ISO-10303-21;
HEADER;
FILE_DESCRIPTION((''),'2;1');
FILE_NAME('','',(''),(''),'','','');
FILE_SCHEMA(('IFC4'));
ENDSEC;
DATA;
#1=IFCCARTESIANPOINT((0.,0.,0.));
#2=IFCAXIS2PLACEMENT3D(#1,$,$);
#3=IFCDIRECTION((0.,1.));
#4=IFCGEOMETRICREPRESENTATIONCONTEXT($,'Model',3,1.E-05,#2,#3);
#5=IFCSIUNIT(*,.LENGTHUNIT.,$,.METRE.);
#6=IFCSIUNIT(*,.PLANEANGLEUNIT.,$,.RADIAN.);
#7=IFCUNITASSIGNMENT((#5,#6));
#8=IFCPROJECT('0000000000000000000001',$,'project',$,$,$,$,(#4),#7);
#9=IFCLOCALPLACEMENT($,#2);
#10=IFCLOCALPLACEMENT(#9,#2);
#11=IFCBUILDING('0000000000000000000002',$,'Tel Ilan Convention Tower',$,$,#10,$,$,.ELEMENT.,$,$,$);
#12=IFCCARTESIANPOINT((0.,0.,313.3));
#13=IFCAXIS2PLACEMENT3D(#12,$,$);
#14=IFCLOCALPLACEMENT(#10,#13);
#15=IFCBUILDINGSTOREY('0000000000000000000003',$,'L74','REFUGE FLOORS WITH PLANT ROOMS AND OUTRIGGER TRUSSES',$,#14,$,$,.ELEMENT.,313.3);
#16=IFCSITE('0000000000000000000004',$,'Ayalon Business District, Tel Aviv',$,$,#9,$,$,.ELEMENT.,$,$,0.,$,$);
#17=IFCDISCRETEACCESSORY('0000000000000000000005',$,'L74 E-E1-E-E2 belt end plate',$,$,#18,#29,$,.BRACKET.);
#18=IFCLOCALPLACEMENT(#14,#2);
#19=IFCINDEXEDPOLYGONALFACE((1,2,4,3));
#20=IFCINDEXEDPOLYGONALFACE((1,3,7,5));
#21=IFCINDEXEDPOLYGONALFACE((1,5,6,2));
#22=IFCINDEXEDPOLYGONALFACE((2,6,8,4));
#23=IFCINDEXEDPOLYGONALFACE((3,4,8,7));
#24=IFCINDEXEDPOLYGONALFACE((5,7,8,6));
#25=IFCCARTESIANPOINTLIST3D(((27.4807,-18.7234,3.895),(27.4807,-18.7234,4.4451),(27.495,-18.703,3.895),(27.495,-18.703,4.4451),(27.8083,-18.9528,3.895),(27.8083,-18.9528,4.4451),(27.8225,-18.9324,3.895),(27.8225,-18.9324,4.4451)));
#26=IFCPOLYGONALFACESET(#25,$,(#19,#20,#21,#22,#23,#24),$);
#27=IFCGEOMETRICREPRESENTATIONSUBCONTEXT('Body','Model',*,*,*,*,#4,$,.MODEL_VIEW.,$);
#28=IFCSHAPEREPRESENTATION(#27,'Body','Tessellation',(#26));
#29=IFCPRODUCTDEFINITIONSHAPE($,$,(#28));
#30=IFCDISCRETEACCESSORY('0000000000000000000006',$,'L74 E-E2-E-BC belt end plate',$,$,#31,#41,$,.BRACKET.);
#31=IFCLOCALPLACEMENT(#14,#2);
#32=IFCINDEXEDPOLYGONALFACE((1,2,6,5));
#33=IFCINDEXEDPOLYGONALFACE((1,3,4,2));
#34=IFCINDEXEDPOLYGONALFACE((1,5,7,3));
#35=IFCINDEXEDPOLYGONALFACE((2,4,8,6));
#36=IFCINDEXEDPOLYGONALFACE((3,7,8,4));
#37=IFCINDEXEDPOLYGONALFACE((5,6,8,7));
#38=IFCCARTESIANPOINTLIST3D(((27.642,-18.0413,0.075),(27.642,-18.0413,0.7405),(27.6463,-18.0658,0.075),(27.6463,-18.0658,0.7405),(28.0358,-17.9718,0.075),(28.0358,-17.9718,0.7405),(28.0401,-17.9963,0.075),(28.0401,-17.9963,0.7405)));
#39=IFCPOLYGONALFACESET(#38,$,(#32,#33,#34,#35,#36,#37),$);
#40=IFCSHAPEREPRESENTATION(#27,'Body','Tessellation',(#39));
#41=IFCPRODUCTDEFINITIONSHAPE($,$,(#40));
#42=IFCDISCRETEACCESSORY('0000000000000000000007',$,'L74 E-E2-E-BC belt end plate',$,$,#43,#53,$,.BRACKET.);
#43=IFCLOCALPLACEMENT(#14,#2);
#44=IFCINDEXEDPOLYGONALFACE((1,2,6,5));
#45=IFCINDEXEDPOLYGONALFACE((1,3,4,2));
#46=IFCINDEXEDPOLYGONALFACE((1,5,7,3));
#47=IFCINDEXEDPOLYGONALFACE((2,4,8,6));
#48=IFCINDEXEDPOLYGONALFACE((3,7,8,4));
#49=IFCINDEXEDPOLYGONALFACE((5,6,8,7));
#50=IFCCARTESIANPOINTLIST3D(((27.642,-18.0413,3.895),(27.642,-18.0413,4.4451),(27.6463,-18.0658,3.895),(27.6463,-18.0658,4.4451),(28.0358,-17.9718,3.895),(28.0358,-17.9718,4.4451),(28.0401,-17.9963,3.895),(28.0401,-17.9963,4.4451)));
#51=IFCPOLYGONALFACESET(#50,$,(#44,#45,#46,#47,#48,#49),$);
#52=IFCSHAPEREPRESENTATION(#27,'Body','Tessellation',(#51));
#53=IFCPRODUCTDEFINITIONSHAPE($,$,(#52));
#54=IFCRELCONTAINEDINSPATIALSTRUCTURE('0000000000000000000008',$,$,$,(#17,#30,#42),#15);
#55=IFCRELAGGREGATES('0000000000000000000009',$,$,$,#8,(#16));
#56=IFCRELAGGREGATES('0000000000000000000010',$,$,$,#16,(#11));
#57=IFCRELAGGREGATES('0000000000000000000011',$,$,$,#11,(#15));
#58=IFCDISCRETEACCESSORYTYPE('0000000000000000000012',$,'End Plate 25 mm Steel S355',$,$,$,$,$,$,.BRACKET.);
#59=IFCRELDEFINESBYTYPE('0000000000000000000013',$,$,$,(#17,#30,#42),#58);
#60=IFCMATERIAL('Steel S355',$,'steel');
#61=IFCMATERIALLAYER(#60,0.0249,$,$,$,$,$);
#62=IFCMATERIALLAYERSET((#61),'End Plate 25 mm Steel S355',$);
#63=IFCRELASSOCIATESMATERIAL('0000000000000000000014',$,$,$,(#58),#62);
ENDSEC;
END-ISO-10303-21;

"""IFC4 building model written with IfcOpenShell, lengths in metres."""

from ifc_helpers import new_model, si_unit, direction, frame, origin, origin_2d, place, context, subcontext, project, spatial, rectangle, extrude, material, layer, layer_set, type_object, element, save


model = new_model("IFC4")

# Units and contexts
model_context = context("Model", 3, precision=1e-05, world=origin(), true_north=direction((0.0, 1.0)))
body_context = subcontext(model_context, "Body", "Model", "MODEL_VIEW")
ifc_project = project(units=[si_unit("LENGTHUNIT", "METRE"), si_unit("PLANEANGLEUNIT", "RADIAN")], contexts=[model_context])

# Site, building, storey
site_placement = place(None, origin())
site = spatial("IfcSite", under=ifc_project, at=site_placement, Name="Ayalon Business District, Tel Aviv", CompositionType="ELEMENT", RefElevation=0.0)
building_placement = place(site_placement, origin())
building = spatial("IfcBuilding", under=site, at=building_placement, Name="Tel Ilan Convention Tower", CompositionType="ELEMENT")
storey_placement = place(building_placement, frame((0.0, 0.0, 313.3)))
storey = spatial("IfcBuildingStorey", under=building, at=storey_placement, Name="L74", Description="REFUGE FLOORS WITH PLANT ROOMS AND OUTRIGGER TRUSSES", CompositionType="ELEMENT", Elevation=313.3)

# Discrete accessories
ifc_material_1 = material(Name="Steel S355", Category="steel")
ifc_layer_1 = layer(ifc_material_1, 0.0249)
ifc_layer_set_1 = layer_set([ifc_layer_1], Name="End Plate 25 mm Steel S355")
discrete_accessory_type_1 = type_object("IfcDiscreteAccessoryType", Name="End Plate 25 mm Steel S355", PredefinedType="BRACKET", material=ifc_layer_set_1)
discrete_accessory_1_placement = place(storey_placement, frame((27.6516, -18.8279, 3.895), z_axis=(0.0, 0.0, 1.0), x_axis=(0.573576, 0.819152, 0.0)))
element("IfcDiscreteAccessory", 1, at=discrete_accessory_1_placement, inside=storey, type_object=discrete_accessory_type_1, Name="L74 E-E1-E-E2 belt end plate", PredefinedType="BRACKET", context=body_context, shape_type="SweptSolid", body=[
    extrude(rectangle(XDim=0.0249, YDim=0.3999, at=origin_2d()), origin(), (0.0, 0.0, 1.0), 0.55),
])
discrete_accessory_2_placement = place(storey_placement, frame((27.8411, -18.0188, 0.075), z_axis=(0.0, 0.0, 1.0), x_axis=(0.173648, -0.984808, 0.0)))
element("IfcDiscreteAccessory", 2, at=discrete_accessory_2_placement, inside=storey, type_object=discrete_accessory_type_1, Name="L74 E-E2-E-BC belt end plate", PredefinedType="BRACKET", context=body_context, shape_type="SweptSolid", body=[
    extrude(rectangle(XDim=0.0249, YDim=0.3999, at=origin_2d()), origin(), (0.0, 0.0, 1.0), 0.6655),
])
discrete_accessory_3_placement = place(storey_placement, frame((27.8411, -18.0188, 3.895), z_axis=(0.0, 0.0, 1.0), x_axis=(0.173648, -0.984808, 0.0)))
element("IfcDiscreteAccessory", 3, at=discrete_accessory_3_placement, inside=storey, type_object=discrete_accessory_type_1, Name="L74 E-E2-E-BC belt end plate", PredefinedType="BRACKET", context=body_context, shape_type="SweptSolid", body=[
    extrude(rectangle(XDim=0.0249, YDim=0.3999, at=origin_2d()), origin(), (0.0, 0.0, 1.0), 0.55),
])

save(model, "model.ifc")
